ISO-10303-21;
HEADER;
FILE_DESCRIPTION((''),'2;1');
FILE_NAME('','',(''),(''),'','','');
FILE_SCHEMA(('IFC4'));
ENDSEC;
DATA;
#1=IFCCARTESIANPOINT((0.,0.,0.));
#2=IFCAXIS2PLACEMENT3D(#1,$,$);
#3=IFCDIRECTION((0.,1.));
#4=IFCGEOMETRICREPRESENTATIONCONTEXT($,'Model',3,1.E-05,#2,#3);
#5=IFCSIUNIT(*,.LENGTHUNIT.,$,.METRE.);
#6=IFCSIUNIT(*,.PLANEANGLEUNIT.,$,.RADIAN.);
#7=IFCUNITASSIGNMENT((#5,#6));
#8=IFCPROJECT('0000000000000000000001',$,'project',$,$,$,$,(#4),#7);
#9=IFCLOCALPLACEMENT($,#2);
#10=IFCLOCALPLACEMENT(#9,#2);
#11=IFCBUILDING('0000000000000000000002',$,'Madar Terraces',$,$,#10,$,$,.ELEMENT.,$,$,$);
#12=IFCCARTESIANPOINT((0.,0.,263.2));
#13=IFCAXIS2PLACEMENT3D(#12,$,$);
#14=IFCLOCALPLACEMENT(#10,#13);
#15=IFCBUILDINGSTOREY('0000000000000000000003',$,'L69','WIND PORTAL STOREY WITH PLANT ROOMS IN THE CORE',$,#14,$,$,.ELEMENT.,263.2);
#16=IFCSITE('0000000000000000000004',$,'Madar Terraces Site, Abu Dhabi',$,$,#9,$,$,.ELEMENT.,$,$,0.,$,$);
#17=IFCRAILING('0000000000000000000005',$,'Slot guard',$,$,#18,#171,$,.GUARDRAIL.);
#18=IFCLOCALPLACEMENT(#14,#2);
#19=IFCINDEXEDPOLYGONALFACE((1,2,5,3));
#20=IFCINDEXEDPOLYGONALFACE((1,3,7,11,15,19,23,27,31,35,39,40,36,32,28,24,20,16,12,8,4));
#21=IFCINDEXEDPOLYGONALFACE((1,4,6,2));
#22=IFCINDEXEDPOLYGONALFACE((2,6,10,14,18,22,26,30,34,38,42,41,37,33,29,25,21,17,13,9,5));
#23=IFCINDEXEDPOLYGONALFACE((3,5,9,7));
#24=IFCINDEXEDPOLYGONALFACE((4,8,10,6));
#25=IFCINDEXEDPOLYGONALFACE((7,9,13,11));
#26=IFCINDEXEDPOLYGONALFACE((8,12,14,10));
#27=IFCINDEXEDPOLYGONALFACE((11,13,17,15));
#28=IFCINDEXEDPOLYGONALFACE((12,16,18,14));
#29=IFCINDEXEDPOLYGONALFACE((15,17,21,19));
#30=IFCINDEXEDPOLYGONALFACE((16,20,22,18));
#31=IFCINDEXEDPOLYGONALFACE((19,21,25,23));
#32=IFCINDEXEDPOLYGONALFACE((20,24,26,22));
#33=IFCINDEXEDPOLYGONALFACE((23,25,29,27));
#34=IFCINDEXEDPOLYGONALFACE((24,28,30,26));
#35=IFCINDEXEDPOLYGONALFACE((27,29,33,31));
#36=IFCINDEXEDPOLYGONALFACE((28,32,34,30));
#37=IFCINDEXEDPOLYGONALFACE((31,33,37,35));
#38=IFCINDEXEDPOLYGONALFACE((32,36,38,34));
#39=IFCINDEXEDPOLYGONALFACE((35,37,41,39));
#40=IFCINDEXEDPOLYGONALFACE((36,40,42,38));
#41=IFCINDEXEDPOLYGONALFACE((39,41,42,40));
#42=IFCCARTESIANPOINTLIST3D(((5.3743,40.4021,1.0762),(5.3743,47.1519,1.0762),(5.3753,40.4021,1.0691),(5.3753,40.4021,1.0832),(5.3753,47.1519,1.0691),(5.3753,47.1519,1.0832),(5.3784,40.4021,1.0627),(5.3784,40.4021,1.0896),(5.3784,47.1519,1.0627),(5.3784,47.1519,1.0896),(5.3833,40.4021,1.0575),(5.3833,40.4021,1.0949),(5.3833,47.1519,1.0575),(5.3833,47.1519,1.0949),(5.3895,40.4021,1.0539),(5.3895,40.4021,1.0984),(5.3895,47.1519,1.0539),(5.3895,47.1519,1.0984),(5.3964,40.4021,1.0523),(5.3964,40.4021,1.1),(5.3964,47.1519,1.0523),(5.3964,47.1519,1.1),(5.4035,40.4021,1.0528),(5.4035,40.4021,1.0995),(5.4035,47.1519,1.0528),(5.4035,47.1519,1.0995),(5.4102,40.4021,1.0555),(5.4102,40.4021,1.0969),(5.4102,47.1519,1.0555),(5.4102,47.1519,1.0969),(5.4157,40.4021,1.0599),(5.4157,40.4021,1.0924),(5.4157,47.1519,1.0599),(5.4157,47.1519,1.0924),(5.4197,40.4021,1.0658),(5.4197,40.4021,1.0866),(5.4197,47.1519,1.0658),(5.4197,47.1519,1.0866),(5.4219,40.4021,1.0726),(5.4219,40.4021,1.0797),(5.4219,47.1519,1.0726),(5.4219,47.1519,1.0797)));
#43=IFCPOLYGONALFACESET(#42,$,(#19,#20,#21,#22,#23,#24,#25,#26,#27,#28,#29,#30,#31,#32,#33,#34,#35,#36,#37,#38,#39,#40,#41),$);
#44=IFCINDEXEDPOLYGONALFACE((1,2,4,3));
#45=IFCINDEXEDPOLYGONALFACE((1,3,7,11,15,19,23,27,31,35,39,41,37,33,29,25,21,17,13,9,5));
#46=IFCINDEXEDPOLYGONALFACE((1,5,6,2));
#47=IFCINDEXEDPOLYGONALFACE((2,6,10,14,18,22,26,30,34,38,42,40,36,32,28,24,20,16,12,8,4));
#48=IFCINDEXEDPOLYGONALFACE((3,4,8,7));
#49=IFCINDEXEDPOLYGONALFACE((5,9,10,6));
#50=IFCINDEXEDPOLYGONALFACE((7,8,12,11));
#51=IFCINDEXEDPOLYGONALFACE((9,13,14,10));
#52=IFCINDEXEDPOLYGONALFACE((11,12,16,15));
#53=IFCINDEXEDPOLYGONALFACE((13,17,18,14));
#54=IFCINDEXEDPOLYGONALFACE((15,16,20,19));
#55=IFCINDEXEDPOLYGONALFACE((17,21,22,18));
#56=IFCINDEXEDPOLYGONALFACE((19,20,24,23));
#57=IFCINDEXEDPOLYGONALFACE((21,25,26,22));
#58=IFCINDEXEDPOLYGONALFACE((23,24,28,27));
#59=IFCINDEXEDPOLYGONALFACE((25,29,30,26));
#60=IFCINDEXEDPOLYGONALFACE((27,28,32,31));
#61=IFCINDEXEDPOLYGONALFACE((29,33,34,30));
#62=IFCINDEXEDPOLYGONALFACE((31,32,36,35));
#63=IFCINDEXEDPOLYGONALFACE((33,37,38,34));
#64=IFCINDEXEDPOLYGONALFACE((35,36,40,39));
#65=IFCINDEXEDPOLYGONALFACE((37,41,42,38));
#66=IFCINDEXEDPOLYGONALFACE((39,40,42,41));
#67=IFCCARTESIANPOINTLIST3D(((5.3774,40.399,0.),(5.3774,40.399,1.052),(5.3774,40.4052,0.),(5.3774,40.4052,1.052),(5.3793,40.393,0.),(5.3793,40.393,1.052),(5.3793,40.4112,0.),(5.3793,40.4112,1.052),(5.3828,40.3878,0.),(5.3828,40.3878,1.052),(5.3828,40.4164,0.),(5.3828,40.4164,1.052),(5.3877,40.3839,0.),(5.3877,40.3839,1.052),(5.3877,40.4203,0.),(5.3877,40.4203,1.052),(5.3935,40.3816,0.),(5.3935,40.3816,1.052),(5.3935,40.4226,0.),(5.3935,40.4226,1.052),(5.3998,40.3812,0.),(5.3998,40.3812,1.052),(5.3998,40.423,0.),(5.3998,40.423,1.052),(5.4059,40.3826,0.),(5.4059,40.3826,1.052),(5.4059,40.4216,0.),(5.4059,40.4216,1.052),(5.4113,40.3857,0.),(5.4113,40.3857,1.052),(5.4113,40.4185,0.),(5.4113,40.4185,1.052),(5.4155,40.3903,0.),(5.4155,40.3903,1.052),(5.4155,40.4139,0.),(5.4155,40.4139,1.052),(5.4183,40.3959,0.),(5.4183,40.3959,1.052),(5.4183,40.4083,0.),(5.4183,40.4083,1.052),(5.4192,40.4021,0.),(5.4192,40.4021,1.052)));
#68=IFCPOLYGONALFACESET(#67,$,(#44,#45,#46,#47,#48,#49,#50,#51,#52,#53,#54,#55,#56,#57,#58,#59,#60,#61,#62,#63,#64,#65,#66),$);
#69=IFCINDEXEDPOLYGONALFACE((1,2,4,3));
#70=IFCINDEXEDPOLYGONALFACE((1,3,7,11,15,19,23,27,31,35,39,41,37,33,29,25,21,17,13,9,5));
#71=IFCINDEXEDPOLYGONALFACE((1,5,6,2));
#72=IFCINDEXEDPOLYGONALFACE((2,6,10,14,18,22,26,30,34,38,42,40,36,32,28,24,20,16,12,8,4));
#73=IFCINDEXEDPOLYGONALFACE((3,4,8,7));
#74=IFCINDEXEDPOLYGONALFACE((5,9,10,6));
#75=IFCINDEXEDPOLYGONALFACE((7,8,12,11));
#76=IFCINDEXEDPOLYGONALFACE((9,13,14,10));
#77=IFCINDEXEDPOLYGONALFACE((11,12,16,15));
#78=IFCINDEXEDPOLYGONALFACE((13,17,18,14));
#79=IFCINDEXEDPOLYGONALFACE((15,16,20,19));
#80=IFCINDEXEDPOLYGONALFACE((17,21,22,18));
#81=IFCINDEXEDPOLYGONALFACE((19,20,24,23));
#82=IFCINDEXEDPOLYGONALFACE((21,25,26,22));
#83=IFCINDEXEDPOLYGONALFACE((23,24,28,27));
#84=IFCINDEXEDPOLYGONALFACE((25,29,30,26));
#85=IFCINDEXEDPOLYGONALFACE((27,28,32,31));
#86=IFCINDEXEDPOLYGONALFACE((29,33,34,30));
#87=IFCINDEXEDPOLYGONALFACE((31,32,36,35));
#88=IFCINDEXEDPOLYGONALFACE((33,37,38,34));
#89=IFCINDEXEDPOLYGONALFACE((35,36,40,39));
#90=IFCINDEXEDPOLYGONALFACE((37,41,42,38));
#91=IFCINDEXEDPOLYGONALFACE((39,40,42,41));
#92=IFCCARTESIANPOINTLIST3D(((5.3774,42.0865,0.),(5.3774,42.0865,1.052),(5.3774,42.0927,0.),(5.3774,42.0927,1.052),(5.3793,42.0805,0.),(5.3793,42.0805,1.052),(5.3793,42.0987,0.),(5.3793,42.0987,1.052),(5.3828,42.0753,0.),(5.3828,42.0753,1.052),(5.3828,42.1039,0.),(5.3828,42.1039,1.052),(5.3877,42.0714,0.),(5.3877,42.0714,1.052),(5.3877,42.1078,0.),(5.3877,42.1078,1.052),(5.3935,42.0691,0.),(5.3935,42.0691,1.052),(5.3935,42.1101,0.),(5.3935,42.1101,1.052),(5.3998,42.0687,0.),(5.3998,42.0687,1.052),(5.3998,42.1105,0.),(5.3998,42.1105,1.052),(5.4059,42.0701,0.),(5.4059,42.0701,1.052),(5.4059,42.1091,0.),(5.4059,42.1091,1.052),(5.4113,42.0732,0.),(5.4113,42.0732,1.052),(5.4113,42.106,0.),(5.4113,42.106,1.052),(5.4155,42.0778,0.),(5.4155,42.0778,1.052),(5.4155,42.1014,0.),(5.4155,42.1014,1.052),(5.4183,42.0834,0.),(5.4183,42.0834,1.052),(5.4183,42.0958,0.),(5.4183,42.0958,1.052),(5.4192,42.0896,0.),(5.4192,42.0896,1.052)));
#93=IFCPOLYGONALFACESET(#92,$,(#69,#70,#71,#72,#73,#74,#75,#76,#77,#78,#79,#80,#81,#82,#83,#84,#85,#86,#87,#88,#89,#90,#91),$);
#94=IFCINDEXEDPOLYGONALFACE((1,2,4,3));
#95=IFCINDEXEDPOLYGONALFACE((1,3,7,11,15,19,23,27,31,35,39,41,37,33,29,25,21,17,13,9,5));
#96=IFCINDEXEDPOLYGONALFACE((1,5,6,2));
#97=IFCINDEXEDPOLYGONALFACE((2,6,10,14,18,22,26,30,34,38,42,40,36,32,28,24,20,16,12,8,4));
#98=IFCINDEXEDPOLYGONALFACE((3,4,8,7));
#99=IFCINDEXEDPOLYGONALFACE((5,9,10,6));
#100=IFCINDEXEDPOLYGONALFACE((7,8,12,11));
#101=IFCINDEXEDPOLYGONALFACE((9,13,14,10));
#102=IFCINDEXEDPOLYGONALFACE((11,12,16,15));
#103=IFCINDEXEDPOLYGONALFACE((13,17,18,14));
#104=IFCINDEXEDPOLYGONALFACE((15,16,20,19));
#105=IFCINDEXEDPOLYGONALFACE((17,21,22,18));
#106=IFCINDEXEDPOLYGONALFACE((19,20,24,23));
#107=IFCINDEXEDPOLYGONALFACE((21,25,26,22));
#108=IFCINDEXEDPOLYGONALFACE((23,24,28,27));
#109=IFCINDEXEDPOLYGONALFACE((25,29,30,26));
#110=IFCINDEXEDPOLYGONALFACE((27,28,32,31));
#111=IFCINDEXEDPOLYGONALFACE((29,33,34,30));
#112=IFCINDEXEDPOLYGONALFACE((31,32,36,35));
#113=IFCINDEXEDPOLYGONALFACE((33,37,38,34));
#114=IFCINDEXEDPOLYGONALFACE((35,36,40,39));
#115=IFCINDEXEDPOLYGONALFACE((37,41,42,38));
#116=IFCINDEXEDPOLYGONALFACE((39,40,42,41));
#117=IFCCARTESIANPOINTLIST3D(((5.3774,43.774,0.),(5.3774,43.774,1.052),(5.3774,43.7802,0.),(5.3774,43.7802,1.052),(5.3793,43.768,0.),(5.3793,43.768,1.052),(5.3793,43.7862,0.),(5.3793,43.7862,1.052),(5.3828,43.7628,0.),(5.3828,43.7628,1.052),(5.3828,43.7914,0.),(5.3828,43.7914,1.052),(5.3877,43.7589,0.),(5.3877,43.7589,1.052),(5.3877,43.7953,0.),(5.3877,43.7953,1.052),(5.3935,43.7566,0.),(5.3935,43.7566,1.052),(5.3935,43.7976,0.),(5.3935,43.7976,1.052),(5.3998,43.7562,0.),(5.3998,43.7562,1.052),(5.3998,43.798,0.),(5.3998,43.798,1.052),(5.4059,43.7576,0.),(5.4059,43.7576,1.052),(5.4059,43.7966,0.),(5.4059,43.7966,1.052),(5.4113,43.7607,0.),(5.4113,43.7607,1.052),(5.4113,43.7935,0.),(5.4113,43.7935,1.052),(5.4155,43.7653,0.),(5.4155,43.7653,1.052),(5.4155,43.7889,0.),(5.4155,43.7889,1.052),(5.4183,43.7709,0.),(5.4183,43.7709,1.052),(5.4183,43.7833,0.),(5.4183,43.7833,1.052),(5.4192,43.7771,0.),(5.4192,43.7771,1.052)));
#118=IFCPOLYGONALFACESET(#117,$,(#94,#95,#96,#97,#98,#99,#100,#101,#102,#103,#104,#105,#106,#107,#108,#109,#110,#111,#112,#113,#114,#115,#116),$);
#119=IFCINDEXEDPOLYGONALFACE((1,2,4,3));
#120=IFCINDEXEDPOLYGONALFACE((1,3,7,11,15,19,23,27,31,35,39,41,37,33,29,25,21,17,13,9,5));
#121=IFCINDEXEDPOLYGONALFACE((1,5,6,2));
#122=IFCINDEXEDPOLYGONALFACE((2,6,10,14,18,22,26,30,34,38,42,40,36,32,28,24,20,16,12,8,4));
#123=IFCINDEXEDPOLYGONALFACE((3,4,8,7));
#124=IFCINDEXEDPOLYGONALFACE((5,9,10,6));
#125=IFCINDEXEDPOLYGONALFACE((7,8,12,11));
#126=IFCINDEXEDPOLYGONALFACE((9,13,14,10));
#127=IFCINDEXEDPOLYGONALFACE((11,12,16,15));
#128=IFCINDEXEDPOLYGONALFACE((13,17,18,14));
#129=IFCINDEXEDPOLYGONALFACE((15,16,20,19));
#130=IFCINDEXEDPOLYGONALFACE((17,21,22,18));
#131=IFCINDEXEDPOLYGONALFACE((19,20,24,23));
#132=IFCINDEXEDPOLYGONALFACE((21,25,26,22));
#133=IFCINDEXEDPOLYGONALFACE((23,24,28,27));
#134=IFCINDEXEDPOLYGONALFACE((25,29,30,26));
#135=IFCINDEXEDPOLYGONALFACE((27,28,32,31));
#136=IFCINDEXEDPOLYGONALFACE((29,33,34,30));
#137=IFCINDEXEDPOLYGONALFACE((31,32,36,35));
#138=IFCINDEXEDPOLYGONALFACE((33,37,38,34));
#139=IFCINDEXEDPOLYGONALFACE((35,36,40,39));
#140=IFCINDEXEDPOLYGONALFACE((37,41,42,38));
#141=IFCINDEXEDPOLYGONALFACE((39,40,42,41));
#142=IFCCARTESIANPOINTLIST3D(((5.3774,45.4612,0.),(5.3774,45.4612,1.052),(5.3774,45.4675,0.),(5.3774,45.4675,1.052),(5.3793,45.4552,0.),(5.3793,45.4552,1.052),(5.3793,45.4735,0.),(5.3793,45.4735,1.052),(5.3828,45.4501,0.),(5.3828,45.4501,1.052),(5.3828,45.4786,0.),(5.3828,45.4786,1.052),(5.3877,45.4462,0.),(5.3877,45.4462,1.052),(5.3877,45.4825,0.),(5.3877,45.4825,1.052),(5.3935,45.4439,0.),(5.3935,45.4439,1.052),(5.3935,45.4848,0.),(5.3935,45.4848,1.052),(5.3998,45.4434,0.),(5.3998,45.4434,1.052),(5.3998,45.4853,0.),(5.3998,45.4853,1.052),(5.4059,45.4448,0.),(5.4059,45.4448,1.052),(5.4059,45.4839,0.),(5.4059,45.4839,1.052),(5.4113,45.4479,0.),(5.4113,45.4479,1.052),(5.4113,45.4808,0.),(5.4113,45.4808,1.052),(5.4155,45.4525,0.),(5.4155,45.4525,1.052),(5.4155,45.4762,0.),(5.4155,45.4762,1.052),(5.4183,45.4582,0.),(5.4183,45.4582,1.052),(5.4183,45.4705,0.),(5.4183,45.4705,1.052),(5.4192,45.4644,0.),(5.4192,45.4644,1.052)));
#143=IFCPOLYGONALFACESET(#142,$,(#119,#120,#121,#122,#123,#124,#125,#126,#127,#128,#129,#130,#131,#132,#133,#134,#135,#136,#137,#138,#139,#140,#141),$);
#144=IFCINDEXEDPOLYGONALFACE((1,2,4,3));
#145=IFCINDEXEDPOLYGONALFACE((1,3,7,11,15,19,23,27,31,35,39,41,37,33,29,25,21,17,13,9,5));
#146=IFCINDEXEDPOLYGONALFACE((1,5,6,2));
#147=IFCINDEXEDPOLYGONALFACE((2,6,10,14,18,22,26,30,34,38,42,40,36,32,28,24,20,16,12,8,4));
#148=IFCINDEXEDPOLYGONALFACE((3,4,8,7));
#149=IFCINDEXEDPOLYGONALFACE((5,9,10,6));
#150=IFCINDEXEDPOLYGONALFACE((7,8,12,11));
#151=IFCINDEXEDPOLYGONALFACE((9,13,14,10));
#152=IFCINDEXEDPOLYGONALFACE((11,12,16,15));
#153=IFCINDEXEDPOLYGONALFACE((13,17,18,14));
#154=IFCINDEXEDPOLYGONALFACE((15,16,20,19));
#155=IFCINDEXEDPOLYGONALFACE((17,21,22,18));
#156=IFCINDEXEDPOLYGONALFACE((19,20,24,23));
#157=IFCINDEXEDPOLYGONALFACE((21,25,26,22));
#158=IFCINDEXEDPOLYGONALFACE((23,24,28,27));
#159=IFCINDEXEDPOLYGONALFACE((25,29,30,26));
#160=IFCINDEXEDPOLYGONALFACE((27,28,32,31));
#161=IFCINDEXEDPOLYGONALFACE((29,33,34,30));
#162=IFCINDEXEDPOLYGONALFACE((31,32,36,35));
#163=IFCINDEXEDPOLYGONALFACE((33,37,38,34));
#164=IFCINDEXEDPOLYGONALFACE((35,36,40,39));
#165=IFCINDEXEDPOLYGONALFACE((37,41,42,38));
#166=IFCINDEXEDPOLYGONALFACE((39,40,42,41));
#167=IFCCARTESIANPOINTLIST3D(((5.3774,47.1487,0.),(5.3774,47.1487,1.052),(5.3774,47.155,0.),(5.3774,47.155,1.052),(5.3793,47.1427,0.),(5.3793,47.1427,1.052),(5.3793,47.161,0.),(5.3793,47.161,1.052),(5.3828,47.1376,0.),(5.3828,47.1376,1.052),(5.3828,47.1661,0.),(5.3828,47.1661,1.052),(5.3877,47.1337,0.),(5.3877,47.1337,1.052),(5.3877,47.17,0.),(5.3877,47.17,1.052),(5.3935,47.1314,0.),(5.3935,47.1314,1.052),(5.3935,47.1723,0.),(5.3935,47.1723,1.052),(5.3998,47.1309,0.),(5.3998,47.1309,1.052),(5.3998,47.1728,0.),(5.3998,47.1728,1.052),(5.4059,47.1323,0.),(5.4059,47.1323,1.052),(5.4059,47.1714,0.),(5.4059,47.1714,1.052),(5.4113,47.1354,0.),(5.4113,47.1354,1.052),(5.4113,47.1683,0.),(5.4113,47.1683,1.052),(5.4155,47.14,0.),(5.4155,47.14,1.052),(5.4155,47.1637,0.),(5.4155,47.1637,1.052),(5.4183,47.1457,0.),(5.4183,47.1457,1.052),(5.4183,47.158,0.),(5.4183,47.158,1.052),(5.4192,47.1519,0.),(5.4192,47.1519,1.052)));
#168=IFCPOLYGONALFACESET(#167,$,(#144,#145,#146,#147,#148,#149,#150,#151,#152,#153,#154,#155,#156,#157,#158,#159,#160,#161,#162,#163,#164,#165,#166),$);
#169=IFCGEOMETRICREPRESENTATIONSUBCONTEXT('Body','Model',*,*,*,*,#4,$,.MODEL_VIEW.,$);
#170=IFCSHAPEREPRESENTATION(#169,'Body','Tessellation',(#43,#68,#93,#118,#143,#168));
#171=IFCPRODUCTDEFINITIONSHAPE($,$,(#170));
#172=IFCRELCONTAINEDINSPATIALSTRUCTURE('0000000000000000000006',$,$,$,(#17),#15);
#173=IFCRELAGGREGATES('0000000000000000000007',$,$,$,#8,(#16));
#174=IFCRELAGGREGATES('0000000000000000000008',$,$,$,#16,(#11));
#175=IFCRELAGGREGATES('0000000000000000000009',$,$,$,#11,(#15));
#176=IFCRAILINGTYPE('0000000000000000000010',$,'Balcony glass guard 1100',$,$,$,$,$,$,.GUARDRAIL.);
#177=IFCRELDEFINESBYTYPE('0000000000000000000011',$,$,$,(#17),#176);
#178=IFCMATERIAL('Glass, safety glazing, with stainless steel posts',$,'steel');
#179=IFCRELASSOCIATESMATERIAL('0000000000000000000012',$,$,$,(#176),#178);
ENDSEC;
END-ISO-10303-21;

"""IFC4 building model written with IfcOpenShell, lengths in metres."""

from ifc_helpers import new_model, si_unit, direction, frame, origin, origin_2d, place, context, subcontext, project, spatial, circle, extrude, material, type_object, element, save


model = new_model("IFC4")

# Units and contexts
model_context = context("Model", 3, precision=1e-05, world=origin(), true_north=direction((0.0, 1.0)))
body_context = subcontext(model_context, "Body", "Model", "MODEL_VIEW")
ifc_project = project(units=[si_unit("LENGTHUNIT", "METRE"), si_unit("PLANEANGLEUNIT", "RADIAN")], contexts=[model_context])

# Site, building, storey
site_placement = place(None, origin())
site = spatial("IfcSite", under=ifc_project, at=site_placement, Name="Madar Terraces Site, Abu Dhabi", CompositionType="ELEMENT", RefElevation=0.0)
building_placement = place(site_placement, origin())
building = spatial("IfcBuilding", under=site, at=building_placement, Name="Madar Terraces", CompositionType="ELEMENT")
storey_placement = place(building_placement, frame((0.0, 0.0, 263.2)))
storey = spatial("IfcBuildingStorey", under=building, at=storey_placement, Name="L69", Description="WIND PORTAL STOREY WITH PLANT ROOMS IN THE CORE", CompositionType="ELEMENT", Elevation=263.2)

# Railing
ifc_material_1 = material(Name="Glass, safety glazing, with stainless steel posts", Category="steel")
railing_type = type_object("IfcRailingType", Name="Balcony glass guard 1100", PredefinedType="GUARDRAIL", material=ifc_material_1)
for number, where, name in (
    (1, (5.3982, 40.4021, 0.0), "Slot guard"),
):
    element("IfcRailing", number, at=place(storey_placement, frame(where)), inside=storey, type_object=railing_type, Name=name, PredefinedType="GUARDRAIL", context=body_context, shape_type="SweptSolid", body=[
        extrude(circle(Radius=0.0239, at=origin_2d()), frame((0.0, 0.0, 1.0762), z_axis=(0.0, 1.0, 0.0), x_axis=(-1.0, 0.0, 0.0)), (0.0, 0.0, 1.0), 6.7498),
        extrude(circle(Radius=0.021, at=origin_2d()), origin(), (0.0, 0.0, 1.0), 1.052),
        extrude(circle(Radius=0.021, at=origin_2d()), frame((0.0, 1.6875, 0.0)), (0.0, 0.0, 1.0), 1.052),
        extrude(circle(Radius=0.021, at=origin_2d()), frame((0.0, 3.375, 0.0)), (0.0, 0.0, 1.0), 1.052),
        extrude(circle(Radius=0.021, at=origin_2d()), frame((0.0, 5.0623, 0.0)), (0.0, 0.0, 1.0), 1.052),
        extrude(circle(Radius=0.021, at=origin_2d()), frame((0.0, 6.7498, 0.0)), (0.0, 0.0, 1.0), 1.052),
    ])

save(model, "model.ifc")
